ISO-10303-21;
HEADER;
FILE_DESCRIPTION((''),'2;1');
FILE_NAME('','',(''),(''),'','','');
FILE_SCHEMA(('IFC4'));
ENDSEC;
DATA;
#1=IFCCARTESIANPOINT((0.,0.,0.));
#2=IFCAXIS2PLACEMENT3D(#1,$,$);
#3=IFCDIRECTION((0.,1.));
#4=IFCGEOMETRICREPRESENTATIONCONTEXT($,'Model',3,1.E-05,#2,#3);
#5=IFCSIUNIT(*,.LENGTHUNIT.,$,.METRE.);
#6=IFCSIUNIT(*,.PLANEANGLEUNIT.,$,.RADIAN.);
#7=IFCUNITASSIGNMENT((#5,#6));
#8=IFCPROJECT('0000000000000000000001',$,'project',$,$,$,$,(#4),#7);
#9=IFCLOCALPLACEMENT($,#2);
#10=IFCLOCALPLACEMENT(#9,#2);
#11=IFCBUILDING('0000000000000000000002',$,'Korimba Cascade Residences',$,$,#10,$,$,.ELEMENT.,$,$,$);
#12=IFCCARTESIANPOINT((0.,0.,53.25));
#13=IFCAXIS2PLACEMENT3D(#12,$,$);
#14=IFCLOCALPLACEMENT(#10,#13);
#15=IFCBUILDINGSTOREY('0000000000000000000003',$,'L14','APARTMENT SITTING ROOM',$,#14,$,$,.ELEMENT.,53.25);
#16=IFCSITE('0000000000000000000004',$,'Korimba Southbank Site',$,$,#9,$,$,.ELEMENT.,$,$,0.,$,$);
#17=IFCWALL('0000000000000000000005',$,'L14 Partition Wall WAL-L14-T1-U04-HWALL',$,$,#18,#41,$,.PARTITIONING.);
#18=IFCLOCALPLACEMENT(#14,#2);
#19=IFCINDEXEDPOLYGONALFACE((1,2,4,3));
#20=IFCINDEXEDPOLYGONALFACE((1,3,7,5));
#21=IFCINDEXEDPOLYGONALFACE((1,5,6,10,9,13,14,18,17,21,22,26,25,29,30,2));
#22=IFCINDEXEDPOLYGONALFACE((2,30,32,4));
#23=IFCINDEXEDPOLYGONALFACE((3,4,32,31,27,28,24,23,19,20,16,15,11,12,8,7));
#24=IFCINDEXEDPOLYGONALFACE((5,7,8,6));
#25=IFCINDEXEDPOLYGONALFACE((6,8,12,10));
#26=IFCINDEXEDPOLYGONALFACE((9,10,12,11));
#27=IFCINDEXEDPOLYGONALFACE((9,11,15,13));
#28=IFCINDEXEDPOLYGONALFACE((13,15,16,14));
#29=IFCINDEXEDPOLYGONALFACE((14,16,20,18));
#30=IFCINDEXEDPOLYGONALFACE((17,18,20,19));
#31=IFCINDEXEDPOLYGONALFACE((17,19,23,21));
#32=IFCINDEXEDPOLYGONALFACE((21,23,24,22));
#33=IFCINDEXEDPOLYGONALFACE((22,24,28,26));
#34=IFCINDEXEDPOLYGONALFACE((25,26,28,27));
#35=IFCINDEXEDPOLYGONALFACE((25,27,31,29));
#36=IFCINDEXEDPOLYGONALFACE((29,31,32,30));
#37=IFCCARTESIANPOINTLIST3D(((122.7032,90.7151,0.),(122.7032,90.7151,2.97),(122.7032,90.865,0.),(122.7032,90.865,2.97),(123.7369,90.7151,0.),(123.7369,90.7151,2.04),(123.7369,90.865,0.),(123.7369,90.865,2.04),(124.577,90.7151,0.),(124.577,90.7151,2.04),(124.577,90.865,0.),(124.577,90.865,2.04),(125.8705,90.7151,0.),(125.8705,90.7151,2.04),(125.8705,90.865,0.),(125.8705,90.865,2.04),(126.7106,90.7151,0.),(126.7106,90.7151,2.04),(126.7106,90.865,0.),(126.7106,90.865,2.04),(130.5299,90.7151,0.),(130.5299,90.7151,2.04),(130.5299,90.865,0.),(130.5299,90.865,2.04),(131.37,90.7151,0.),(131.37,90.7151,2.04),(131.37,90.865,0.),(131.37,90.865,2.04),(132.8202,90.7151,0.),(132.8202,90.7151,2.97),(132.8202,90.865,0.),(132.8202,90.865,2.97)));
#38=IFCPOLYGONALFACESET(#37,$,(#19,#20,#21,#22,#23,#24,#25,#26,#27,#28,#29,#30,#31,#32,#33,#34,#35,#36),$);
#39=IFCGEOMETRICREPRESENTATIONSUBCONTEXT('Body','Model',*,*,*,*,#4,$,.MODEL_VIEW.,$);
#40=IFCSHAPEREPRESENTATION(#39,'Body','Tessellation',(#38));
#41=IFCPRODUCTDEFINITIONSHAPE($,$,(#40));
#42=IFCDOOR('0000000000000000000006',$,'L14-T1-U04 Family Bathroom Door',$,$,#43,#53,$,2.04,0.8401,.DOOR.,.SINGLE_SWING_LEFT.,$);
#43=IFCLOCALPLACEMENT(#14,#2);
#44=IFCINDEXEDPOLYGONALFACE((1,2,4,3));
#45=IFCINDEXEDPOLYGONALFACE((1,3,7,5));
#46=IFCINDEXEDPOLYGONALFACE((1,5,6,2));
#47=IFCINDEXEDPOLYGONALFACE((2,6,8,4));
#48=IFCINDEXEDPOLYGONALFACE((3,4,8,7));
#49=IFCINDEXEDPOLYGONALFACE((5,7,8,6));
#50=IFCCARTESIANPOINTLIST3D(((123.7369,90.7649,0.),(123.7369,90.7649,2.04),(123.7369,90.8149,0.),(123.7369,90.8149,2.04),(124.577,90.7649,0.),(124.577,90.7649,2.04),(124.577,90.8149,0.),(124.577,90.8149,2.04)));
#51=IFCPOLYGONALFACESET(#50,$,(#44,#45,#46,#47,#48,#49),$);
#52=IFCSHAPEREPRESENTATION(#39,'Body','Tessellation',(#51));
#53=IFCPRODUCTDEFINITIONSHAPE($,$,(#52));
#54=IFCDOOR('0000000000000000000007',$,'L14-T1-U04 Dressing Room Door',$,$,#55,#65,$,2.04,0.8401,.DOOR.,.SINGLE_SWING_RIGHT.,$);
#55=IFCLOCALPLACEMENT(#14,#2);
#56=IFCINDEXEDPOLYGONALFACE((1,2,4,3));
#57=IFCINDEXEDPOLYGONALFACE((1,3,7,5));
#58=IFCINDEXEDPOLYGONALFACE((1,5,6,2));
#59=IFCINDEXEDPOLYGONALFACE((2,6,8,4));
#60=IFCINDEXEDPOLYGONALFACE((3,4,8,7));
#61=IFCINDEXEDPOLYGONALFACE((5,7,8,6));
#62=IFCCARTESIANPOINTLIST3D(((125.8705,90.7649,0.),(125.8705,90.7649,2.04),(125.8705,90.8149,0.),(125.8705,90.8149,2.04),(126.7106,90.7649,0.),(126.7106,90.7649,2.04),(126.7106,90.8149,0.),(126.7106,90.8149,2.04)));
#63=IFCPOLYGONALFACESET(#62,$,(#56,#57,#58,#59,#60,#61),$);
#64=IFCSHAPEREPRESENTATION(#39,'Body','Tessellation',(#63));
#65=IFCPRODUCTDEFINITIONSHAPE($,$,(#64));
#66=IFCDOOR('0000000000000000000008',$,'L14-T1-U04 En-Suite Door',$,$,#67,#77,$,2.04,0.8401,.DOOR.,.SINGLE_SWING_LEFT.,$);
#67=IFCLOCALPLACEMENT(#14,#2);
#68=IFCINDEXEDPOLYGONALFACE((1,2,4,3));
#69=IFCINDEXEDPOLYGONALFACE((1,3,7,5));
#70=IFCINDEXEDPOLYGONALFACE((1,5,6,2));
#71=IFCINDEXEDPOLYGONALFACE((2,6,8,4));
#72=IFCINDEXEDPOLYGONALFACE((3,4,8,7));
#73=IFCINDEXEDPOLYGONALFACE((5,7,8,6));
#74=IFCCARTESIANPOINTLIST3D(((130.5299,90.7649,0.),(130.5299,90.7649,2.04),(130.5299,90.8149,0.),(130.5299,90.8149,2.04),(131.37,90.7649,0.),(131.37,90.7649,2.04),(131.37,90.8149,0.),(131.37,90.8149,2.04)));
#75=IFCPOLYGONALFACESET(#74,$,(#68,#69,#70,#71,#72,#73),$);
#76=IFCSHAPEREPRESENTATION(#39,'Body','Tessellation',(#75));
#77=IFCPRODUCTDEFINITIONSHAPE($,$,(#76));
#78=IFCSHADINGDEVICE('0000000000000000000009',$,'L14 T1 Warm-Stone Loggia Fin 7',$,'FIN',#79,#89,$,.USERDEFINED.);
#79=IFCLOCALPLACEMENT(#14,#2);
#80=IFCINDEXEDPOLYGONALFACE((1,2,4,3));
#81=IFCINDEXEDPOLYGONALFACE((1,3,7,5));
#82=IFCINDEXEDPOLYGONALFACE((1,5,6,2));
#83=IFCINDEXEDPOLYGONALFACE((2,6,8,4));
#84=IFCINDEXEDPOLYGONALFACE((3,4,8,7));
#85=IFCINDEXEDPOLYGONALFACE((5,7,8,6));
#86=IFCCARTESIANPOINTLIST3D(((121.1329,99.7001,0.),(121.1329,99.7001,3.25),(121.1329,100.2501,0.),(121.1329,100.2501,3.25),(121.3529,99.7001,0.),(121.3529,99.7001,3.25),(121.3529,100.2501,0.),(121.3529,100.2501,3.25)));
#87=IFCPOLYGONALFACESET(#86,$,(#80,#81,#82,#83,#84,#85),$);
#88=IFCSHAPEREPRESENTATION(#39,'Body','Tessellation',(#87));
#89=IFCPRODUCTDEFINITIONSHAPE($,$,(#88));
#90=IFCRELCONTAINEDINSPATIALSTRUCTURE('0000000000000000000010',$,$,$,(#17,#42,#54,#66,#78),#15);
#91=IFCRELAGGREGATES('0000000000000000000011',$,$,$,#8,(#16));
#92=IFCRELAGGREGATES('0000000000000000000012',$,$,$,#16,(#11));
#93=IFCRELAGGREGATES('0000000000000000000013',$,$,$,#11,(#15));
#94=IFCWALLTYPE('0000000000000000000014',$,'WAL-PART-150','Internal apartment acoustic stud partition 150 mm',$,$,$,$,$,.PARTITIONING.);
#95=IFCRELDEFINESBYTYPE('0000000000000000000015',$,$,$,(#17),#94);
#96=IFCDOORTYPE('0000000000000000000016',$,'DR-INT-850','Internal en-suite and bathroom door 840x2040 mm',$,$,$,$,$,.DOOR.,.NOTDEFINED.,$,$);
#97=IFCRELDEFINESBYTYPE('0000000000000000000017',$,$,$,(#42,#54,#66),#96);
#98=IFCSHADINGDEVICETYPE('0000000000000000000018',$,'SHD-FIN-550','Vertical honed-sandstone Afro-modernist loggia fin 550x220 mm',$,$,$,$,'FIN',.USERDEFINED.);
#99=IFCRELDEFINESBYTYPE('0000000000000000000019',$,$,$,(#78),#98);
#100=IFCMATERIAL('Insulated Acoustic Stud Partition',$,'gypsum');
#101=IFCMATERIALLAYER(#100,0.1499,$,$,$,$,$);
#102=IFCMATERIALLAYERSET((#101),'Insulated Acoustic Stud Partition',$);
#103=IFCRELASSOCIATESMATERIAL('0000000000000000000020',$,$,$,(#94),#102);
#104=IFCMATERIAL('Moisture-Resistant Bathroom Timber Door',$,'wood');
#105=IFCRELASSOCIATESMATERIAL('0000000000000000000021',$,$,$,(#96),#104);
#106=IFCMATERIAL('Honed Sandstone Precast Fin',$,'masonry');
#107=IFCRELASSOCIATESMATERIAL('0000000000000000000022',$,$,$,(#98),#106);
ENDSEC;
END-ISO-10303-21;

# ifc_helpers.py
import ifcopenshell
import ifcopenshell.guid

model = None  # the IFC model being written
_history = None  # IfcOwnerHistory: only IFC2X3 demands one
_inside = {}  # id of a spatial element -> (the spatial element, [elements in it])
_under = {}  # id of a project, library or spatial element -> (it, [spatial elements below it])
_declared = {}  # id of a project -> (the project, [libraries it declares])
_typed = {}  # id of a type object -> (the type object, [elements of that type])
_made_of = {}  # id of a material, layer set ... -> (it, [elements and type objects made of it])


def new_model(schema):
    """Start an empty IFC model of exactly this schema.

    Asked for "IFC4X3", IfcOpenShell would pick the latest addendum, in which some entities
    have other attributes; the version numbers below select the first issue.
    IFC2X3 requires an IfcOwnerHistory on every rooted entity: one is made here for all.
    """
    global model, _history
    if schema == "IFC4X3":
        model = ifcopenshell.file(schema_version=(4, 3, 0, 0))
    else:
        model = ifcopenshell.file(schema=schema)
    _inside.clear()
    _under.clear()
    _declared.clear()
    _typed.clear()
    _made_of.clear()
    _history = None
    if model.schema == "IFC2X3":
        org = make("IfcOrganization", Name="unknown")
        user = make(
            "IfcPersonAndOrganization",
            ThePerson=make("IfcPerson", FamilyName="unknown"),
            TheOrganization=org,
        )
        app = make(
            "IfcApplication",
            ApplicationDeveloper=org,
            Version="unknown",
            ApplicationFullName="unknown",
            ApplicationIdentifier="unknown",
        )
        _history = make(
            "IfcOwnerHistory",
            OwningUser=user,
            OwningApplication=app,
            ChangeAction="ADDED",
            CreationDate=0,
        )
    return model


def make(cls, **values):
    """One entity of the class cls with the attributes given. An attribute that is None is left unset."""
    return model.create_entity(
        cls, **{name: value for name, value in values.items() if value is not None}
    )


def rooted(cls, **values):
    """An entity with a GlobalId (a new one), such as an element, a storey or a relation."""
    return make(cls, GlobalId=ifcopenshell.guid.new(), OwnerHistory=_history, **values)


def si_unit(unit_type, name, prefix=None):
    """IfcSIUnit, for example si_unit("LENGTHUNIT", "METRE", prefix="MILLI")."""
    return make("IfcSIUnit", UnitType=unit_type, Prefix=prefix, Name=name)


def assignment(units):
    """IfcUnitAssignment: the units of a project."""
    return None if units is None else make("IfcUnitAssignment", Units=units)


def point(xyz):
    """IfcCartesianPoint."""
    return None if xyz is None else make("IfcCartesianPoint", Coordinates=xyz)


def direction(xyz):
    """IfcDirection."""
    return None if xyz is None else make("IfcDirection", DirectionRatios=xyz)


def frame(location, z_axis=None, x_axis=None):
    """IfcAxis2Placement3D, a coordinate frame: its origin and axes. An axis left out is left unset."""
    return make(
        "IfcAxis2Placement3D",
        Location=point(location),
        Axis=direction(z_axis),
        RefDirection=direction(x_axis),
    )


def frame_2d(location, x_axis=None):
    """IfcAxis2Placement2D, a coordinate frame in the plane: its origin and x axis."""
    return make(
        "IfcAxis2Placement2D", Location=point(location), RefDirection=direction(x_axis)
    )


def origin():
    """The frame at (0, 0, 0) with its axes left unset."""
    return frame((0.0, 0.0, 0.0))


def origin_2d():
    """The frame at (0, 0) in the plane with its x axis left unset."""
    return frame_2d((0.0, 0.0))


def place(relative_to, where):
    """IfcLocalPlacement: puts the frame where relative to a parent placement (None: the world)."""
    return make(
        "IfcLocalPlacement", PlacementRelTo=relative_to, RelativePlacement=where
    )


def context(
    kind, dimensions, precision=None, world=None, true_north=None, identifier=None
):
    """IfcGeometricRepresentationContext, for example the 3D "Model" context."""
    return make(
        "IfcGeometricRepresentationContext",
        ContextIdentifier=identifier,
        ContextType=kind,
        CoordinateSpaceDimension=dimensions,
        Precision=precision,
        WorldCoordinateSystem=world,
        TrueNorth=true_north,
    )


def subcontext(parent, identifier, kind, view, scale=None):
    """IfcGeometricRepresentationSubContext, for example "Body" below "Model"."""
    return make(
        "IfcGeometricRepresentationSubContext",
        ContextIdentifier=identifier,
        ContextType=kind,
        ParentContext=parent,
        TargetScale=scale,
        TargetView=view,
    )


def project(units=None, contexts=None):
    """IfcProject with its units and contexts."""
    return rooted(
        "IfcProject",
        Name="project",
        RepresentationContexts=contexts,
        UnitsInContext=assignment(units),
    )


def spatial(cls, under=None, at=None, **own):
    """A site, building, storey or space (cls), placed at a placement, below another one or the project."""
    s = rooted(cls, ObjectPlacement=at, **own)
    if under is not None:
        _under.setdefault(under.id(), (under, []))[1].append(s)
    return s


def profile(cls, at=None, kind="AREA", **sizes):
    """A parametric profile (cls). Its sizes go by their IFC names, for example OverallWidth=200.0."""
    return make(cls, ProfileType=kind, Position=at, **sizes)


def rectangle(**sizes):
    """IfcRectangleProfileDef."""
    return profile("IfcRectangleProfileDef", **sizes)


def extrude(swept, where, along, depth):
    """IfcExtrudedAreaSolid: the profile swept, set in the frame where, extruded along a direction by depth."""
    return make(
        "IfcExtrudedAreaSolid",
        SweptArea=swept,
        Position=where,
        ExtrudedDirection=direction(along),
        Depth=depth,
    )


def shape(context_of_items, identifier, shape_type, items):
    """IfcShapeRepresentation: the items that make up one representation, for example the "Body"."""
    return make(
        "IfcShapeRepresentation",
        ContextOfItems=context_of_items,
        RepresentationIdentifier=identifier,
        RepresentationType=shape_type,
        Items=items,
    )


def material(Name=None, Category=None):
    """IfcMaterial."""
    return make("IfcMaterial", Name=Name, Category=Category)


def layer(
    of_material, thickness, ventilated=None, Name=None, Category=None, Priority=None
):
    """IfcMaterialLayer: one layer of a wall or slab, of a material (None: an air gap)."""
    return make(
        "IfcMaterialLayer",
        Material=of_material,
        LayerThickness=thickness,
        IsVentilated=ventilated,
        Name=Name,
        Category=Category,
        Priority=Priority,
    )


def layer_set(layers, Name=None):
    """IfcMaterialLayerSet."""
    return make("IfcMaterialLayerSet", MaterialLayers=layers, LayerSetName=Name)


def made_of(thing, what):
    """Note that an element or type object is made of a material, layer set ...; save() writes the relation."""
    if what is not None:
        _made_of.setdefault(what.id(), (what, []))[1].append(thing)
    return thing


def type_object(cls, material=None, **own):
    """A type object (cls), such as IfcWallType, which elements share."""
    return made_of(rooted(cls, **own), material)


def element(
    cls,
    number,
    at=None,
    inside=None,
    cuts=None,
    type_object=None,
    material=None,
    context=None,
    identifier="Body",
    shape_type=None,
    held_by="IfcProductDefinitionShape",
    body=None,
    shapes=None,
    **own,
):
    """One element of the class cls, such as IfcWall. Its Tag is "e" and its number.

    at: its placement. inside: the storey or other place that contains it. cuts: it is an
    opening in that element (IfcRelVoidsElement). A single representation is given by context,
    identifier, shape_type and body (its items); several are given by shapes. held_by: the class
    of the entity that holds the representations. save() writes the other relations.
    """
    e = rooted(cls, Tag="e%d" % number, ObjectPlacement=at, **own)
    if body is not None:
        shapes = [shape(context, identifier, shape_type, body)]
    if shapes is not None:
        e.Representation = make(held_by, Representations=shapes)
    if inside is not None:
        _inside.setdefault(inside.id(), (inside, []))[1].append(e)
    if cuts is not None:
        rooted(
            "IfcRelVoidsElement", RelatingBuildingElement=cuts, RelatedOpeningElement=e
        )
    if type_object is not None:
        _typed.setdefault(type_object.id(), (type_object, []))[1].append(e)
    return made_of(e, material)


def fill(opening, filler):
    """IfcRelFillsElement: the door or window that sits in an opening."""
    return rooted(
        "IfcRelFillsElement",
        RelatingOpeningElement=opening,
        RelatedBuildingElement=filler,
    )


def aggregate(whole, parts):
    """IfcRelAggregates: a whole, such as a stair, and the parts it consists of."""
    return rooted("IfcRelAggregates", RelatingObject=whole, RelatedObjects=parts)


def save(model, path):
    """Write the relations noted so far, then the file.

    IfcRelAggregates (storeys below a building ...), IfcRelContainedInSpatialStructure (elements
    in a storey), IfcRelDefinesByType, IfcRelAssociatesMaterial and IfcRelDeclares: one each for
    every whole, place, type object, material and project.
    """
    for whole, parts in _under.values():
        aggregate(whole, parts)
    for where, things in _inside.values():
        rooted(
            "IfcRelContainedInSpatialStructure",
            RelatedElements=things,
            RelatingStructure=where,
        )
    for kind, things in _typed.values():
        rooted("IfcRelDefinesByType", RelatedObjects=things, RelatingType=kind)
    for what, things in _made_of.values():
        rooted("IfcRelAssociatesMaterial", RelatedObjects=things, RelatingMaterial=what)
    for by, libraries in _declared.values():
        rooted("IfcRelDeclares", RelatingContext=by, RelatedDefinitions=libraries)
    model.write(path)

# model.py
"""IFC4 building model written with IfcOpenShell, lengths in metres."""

from ifc_helpers import new_model, si_unit, direction, frame, frame_2d, origin, origin_2d, place, context, subcontext, project, spatial, rectangle, extrude, material, layer, layer_set, type_object, element, fill, save


model = new_model("IFC4")

# Units and contexts
model_context = context("Model", 3, precision=1e-05, world=origin(), true_north=direction((0.0, 1.0)))
body_context = subcontext(model_context, "Body", "Model", "MODEL_VIEW")
ifc_project = project(units=[si_unit("LENGTHUNIT", "METRE"), si_unit("PLANEANGLEUNIT", "RADIAN")], contexts=[model_context])

# Site, building, storey
site_placement = place(None, origin())
site = spatial("IfcSite", under=ifc_project, at=site_placement, Name="Korimba Southbank Site", CompositionType="ELEMENT", RefElevation=0.0)
building_placement = place(site_placement, origin())
building = spatial("IfcBuilding", under=site, at=building_placement, Name="Korimba Cascade Residences", CompositionType="ELEMENT")
storey_placement = place(building_placement, frame((0.0, 0.0, 53.25)))
storey = spatial("IfcBuildingStorey", under=building, at=storey_placement, Name="L14", Description="APARTMENT SITTING ROOM", CompositionType="ELEMENT", Elevation=53.25)

# Shared definitions
ifc_material_1 = material(Name="Insulated Acoustic Stud Partition", Category="gypsum")
ifc_layer = layer(ifc_material_1, 0.1499)
ifc_layer_set = layer_set([ifc_layer], Name="Insulated Acoustic Stud Partition")
wall_type = type_object("IfcWallType", Name="WAL-PART-150", Description="Internal apartment acoustic stud partition 150 mm", PredefinedType="PARTITIONING", material=ifc_layer_set)

# Wall, openings, doors
wall_1_placement = place(storey_placement, frame((122.7031, 90.79, 0.0), z_axis=(0.0, 0.0, 1.0), x_axis=(1.0, 0.0, 0.0)))
wall_1 = element("IfcWall", 1, at=wall_1_placement, inside=storey, type_object=wall_type, Name="L14 Partition Wall WAL-L14-T1-U04-HWALL", PredefinedType="PARTITIONING", context=body_context, shape_type="SweptSolid", body=[
    extrude(rectangle(XDim=10.1169, YDim=0.1499, at=frame_2d((5.0586, 0.0))), origin(), (0.0, 0.0, 1.0), 2.97),
])
opening_1_placement = place(wall_1_placement, frame((1.0339, 0.0, 0.0)))
opening_1 = element("IfcOpeningElement", 2, at=opening_1_placement, cuts=wall_1, PredefinedType="OPENING", context=body_context, shape_type="SweptSolid", body=[
    extrude(rectangle(XDim=0.8401, YDim=2.04, at=frame_2d((0.4199, 1.02))), frame((0.0, 0.085, 0.0), z_axis=(0.0, -1.0, 0.0), x_axis=(1.0, 0.0, 0.0)), (0.0, 0.0, 1.0), 0.1699),
])
opening_2_placement = place(wall_1_placement, frame((3.1675, 0.0, 0.0)))
opening_2 = element("IfcOpeningElement", 3, at=opening_2_placement, cuts=wall_1, PredefinedType="OPENING", context=body_context, shape_type="SweptSolid", body=[
    extrude(rectangle(XDim=0.8401, YDim=2.04, at=frame_2d((0.4199, 1.02))), frame((0.0, 0.085, 0.0), z_axis=(0.0, -1.0, 0.0), x_axis=(1.0, 0.0, 0.0)), (0.0, 0.0, 1.0), 0.1699),
])
opening_3_placement = place(wall_1_placement, frame((7.8269, 0.0, 0.0)))
opening_3 = element("IfcOpeningElement", 4, at=opening_3_placement, cuts=wall_1, PredefinedType="OPENING", context=body_context, shape_type="SweptSolid", body=[
    extrude(rectangle(XDim=0.8401, YDim=2.04, at=frame_2d((0.4199, 1.02))), frame((0.0, 0.085, 0.0), z_axis=(0.0, -1.0, 0.0), x_axis=(1.0, 0.0, 0.0)), (0.0, 0.0, 1.0), 0.1699),
])
ifc_material_2 = material(Name="Moisture-Resistant Bathroom Timber Door", Category="wood")
door_type = type_object("IfcDoorType", Name="DR-INT-850", Description="Internal en-suite and bathroom door 840x2040 mm", OperationType="NOTDEFINED", PredefinedType="DOOR", material=ifc_material_2)
door_1_placement = place(opening_1_placement, origin())
door_1 = element("IfcDoor", 5, at=door_1_placement, inside=storey, type_object=door_type, Name="L14-T1-U04 Family Bathroom Door", OperationType="SINGLE_SWING_LEFT", OverallHeight=2.04, OverallWidth=0.8401, PredefinedType="DOOR", context=body_context, shape_type="SweptSolid", body=[
    extrude(rectangle(XDim=0.8401, YDim=2.04, at=frame_2d((0.4199, 1.02))), frame((0.0, 0.0249, 0.0), z_axis=(0.0, -1.0, 0.0), x_axis=(1.0, 0.0, 0.0)), (0.0, 0.0, 1.0), 0.05),
])
fill(opening_1, door_1)
door_2_placement = place(opening_2_placement, origin())
door_2 = element("IfcDoor", 6, at=door_2_placement, inside=storey, type_object=door_type, Name="L14-T1-U04 Dressing Room Door", OperationType="SINGLE_SWING_RIGHT", OverallHeight=2.04, OverallWidth=0.8401, PredefinedType="DOOR", context=body_context, shape_type="SweptSolid", body=[
    extrude(rectangle(XDim=0.8401, YDim=2.04, at=frame_2d((0.4199, 1.02))), frame((0.0, 0.0249, 0.0), z_axis=(0.0, -1.0, 0.0), x_axis=(1.0, 0.0, 0.0)), (0.0, 0.0, 1.0), 0.05),
])
fill(opening_2, door_2)
door_3_placement = place(opening_3_placement, origin())
door_3 = element("IfcDoor", 7, at=door_3_placement, inside=storey, type_object=door_type, Name="L14-T1-U04 En-Suite Door", OperationType="SINGLE_SWING_LEFT", OverallHeight=2.04, OverallWidth=0.8401, PredefinedType="DOOR", context=body_context, shape_type="SweptSolid", body=[
    extrude(rectangle(XDim=0.8401, YDim=2.04, at=frame_2d((0.4199, 1.02))), frame((0.0, 0.0249, 0.0), z_axis=(0.0, -1.0, 0.0), x_axis=(1.0, 0.0, 0.0)), (0.0, 0.0, 1.0), 0.05),
])
fill(opening_3, door_3)

# Shading device
ifc_material_3 = material(Name="Honed Sandstone Precast Fin", Category="masonry")
shading_device_type = type_object("IfcShadingDeviceType", Name="SHD-FIN-550", Description="Vertical honed-sandstone Afro-modernist loggia fin 550x220 mm", ElementType="FIN", PredefinedType="USERDEFINED", material=ifc_material_3)
shading_device_placement = place(storey_placement, frame((121.2429, 99.9751, 0.0), z_axis=(0.0, 0.0, 1.0), x_axis=(1.0, 0.0, 0.0)))
element("IfcShadingDevice", 8, at=shading_device_placement, inside=storey, type_object=shading_device_type, Name="L14 T1 Warm-Stone Loggia Fin 7", ObjectType="FIN", PredefinedType="USERDEFINED", context=body_context, shape_type="SweptSolid", body=[
    extrude(rectangle(XDim=0.22, YDim=0.55, at=origin_2d()), origin(), (0.0, 0.0, 1.0), 3.25),
])

save(model, "model.ifc")
